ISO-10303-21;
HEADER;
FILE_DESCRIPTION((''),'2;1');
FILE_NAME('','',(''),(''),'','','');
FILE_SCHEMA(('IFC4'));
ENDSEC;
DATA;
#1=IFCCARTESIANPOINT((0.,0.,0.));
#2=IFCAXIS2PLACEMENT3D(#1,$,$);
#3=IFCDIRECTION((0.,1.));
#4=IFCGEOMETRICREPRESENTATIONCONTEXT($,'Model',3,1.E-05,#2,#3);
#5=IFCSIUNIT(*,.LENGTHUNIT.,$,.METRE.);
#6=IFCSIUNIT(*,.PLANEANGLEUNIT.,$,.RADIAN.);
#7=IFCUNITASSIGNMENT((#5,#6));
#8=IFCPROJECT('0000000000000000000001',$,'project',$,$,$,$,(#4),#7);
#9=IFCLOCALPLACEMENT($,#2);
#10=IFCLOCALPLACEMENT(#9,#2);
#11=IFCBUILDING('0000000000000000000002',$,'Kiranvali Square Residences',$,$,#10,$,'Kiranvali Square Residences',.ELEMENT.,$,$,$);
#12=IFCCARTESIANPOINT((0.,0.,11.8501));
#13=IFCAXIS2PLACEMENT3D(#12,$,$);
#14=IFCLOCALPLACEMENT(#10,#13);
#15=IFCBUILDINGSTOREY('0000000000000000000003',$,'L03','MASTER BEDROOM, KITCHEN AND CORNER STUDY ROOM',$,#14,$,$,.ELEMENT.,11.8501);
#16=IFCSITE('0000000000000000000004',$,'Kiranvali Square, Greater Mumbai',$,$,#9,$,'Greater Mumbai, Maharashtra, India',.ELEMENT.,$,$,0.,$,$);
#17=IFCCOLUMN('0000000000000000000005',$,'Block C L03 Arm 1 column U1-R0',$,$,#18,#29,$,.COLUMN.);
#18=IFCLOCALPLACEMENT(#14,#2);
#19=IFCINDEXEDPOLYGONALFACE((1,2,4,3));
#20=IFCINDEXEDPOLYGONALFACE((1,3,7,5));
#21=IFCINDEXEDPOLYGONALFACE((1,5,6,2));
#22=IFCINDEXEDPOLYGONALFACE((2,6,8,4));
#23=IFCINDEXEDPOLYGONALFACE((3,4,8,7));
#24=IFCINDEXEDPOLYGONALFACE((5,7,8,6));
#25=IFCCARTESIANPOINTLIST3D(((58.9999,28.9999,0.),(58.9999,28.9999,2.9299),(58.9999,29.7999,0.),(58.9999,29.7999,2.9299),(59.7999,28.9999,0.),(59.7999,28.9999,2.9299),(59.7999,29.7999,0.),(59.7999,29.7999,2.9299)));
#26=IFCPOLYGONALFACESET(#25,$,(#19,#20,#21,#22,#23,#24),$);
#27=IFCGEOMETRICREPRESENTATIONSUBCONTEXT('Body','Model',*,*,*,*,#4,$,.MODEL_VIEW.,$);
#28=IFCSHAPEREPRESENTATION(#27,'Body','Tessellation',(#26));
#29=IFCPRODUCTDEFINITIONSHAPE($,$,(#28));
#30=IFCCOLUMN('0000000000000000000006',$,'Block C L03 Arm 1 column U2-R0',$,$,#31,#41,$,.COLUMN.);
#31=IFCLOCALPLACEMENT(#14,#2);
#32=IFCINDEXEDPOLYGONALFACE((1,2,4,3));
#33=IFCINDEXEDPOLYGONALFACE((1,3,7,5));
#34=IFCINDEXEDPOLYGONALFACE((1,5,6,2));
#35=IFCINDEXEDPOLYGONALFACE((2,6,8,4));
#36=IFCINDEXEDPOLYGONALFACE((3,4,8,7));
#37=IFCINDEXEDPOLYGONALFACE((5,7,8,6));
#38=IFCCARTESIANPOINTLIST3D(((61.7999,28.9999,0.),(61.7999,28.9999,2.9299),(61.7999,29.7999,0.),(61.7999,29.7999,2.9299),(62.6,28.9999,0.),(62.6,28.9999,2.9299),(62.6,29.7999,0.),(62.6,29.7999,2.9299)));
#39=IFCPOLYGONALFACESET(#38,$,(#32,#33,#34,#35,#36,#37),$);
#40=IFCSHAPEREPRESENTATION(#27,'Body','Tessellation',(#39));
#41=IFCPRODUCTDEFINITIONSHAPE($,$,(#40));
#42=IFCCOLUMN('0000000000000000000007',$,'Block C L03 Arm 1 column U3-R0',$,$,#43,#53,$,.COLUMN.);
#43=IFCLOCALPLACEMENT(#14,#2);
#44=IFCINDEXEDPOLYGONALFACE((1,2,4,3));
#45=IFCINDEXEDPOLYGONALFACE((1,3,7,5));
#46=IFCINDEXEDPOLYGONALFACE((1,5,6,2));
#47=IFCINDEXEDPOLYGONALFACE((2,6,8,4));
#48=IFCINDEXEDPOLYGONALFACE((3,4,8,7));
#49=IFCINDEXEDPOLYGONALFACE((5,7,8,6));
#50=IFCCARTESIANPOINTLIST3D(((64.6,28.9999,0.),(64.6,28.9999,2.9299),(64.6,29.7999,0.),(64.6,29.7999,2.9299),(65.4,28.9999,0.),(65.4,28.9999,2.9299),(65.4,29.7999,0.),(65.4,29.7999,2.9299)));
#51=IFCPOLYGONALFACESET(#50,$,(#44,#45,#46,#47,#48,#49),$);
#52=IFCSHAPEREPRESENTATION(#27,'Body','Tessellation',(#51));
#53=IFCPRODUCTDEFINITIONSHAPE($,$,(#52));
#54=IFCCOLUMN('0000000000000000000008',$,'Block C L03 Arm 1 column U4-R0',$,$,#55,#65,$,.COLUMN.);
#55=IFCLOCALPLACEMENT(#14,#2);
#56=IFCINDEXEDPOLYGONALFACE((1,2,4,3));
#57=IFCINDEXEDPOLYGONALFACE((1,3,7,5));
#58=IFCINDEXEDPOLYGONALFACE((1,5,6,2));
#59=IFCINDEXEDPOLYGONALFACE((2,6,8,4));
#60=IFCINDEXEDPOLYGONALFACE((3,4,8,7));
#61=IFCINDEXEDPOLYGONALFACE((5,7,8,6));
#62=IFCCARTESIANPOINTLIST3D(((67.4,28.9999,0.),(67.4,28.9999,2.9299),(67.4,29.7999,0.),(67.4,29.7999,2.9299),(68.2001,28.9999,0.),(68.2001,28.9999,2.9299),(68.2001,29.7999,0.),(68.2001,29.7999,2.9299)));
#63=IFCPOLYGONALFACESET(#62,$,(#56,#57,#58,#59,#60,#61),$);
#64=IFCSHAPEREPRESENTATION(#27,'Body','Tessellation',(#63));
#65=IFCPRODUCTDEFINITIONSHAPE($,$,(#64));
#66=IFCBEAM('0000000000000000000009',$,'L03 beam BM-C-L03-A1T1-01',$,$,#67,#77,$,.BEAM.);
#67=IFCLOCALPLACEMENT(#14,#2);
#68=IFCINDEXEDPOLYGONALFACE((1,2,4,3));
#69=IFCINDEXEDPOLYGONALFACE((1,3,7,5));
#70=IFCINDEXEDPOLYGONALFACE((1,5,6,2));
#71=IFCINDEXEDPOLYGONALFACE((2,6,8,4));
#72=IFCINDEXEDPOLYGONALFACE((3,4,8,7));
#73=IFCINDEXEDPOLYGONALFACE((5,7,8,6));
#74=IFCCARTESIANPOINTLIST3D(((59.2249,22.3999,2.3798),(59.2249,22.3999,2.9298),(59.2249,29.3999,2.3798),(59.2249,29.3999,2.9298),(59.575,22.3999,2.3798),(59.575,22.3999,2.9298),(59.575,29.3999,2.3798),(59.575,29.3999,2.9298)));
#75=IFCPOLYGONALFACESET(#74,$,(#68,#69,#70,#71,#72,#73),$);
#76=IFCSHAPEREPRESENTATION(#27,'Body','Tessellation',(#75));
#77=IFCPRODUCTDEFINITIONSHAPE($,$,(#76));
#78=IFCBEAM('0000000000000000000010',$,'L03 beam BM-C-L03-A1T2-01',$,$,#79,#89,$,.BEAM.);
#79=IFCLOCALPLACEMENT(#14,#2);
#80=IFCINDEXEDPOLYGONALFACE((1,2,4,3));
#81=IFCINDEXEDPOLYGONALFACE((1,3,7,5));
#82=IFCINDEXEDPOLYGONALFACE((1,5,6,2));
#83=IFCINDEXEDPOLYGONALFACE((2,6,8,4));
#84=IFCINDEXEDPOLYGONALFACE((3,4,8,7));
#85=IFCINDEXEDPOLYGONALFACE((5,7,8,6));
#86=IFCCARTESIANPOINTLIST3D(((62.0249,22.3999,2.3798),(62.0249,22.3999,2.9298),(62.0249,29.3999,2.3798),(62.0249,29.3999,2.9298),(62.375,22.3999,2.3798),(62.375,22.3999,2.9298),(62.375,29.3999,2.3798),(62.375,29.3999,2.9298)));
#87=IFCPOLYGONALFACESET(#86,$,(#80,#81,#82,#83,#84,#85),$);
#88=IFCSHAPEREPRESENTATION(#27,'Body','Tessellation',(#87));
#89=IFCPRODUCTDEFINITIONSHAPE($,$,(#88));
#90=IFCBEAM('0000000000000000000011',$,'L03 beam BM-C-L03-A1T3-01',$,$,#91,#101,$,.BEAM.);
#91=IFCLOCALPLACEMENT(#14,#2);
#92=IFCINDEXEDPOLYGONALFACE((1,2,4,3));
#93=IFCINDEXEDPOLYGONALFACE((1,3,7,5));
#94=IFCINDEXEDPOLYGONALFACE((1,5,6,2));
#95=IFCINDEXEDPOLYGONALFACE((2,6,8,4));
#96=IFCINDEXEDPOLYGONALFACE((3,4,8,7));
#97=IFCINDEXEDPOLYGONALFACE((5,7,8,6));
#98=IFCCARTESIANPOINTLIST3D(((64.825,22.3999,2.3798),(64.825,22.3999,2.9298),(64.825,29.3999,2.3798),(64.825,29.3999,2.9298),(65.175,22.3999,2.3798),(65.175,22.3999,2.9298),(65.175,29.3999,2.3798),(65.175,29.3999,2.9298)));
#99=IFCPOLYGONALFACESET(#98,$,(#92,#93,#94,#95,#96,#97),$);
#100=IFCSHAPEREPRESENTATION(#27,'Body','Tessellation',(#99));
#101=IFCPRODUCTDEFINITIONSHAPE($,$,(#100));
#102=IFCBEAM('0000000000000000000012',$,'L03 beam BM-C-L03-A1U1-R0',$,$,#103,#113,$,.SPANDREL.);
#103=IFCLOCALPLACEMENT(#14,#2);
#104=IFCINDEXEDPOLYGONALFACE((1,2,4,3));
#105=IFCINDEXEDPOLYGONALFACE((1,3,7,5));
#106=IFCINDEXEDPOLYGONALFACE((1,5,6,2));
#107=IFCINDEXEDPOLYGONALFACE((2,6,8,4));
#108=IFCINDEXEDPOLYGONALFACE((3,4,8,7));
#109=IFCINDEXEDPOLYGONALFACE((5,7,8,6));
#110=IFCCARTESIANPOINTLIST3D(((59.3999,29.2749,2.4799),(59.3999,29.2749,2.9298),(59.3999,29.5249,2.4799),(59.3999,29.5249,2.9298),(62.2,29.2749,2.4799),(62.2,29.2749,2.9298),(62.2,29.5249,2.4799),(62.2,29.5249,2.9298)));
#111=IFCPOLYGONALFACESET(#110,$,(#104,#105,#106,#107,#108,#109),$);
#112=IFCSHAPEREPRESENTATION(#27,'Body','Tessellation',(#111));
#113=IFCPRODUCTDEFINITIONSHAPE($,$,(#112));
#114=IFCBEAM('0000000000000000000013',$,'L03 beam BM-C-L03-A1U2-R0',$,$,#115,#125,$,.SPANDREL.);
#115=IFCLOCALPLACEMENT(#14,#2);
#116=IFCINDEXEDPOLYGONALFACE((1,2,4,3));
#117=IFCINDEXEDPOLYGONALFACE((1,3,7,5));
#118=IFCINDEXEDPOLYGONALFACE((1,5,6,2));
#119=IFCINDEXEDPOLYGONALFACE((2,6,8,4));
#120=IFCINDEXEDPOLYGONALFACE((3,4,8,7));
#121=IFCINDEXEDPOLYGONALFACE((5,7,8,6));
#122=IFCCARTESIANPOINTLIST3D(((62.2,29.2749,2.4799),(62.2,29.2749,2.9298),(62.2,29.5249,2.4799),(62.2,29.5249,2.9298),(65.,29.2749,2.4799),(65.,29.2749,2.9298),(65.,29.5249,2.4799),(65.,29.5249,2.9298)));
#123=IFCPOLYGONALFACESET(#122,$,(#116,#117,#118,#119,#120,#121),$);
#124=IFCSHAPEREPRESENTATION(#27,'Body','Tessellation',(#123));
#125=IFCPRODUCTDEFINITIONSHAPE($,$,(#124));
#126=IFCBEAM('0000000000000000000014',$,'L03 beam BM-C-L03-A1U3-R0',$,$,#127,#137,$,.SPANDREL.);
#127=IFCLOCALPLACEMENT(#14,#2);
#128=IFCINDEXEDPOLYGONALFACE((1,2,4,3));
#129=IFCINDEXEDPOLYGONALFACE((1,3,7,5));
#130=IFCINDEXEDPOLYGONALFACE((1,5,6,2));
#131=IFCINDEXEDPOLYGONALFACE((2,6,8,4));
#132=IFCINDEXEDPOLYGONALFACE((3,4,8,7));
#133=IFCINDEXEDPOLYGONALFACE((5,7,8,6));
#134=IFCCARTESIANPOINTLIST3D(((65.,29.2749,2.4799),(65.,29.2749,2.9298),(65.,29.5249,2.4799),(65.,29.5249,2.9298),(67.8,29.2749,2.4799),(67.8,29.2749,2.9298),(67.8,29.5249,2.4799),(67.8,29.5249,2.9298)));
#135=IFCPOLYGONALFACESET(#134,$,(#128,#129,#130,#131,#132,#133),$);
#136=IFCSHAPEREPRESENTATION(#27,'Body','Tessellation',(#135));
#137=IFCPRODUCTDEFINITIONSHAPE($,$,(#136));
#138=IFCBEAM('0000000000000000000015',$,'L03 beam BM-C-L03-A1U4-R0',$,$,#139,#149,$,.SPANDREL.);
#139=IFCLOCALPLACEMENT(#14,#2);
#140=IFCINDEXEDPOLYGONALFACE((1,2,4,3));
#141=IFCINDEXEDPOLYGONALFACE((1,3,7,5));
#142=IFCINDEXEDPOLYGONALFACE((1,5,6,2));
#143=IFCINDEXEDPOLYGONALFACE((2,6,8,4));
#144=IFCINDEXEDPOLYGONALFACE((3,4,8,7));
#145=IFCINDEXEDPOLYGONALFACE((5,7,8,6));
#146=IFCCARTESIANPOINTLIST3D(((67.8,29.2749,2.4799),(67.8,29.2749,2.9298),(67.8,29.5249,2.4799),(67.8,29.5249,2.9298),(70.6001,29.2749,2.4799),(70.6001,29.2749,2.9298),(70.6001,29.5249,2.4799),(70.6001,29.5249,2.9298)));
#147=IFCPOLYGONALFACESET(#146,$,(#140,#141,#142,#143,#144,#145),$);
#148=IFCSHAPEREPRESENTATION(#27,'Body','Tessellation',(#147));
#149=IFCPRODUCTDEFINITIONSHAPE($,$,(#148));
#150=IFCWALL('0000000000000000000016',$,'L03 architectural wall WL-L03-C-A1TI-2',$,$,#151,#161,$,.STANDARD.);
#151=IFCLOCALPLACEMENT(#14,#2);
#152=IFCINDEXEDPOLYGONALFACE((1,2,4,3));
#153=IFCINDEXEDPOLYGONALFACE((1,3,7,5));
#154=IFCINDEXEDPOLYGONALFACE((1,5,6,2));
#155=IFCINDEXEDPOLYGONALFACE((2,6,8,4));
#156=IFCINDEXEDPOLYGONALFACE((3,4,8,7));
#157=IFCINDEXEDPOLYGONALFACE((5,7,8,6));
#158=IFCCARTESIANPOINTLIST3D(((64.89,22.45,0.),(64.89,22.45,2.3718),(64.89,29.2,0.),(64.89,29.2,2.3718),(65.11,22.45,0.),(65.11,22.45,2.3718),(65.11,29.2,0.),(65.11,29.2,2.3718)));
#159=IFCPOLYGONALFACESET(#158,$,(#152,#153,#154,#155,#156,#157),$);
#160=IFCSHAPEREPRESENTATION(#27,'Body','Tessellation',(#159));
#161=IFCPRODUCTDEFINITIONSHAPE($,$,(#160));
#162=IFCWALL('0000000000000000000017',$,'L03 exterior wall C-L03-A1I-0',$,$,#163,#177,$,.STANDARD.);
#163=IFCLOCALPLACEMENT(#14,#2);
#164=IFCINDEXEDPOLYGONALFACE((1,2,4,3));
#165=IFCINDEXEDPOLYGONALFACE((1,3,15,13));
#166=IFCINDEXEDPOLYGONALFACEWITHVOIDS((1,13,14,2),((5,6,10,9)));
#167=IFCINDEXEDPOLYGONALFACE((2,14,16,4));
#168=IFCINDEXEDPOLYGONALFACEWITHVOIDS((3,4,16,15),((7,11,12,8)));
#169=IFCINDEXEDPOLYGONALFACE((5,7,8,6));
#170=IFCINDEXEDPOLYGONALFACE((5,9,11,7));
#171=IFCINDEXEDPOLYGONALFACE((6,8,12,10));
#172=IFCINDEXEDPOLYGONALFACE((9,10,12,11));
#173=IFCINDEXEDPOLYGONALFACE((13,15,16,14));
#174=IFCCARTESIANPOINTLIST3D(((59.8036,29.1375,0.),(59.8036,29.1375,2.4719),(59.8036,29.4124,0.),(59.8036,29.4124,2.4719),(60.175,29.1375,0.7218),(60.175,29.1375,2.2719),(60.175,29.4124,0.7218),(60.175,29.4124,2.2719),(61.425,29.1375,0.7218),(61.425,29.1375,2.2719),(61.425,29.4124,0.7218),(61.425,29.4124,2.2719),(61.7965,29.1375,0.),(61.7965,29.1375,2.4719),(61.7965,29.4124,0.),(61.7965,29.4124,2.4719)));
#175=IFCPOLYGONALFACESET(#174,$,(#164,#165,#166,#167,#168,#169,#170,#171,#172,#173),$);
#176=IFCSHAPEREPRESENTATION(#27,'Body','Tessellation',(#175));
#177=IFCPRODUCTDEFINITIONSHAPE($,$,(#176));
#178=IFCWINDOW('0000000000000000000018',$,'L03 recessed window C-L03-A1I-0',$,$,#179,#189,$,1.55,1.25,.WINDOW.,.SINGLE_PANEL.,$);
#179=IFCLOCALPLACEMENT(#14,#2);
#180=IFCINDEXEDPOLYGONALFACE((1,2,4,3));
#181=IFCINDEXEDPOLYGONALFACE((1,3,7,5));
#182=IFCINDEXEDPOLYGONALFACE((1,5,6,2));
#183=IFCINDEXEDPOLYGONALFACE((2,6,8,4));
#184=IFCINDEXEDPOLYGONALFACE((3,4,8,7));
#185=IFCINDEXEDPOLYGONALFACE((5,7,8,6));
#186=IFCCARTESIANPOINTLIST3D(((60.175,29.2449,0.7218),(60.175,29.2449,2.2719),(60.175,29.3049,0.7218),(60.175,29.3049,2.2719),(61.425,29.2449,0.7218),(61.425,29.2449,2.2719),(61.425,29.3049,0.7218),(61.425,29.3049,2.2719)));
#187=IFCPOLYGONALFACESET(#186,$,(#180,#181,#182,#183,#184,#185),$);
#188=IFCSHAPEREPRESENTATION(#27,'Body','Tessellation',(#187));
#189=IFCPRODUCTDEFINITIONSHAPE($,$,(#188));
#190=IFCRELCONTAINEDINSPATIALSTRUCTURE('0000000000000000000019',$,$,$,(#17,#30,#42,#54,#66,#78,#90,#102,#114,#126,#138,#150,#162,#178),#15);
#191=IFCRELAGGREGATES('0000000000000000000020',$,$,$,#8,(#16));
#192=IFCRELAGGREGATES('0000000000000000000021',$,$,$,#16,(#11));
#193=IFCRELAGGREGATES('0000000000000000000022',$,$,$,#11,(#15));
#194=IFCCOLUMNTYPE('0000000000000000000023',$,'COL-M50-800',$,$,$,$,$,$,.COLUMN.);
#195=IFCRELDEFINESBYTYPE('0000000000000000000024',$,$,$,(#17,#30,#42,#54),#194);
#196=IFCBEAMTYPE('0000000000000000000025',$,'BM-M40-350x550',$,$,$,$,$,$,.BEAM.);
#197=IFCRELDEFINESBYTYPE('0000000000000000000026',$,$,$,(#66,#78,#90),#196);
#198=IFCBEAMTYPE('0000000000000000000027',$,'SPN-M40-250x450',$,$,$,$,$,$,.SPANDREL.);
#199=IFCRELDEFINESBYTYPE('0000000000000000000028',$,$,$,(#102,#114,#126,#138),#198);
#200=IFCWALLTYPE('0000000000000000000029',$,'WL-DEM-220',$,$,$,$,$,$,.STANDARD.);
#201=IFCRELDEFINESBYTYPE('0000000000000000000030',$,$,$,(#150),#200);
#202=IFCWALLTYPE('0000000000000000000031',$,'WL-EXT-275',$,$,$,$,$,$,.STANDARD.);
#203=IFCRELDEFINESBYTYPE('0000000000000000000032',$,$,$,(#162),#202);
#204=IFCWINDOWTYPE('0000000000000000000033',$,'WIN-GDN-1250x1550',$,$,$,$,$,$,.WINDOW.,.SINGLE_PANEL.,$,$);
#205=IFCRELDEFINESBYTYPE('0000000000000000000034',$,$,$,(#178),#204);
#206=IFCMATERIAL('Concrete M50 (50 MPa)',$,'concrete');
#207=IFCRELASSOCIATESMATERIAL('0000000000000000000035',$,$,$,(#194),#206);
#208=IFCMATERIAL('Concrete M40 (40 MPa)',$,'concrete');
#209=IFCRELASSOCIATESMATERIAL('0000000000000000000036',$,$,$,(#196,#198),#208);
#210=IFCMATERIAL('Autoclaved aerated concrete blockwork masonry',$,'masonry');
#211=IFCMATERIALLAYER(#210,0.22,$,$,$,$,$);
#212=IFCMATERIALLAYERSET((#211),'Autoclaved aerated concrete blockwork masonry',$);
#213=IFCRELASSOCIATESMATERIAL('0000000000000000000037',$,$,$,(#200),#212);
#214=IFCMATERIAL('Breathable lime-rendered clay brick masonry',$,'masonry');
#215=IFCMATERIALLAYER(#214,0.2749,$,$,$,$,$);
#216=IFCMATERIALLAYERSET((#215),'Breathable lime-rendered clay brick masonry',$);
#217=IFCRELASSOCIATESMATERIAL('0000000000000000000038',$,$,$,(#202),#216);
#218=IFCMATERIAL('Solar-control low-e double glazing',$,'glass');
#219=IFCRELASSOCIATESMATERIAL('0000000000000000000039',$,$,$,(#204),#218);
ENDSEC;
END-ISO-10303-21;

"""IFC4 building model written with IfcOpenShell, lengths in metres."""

from ifc_helpers import new_model, si_unit, direction, frame, frame_2d, origin, origin_2d, place, context, subcontext, project, spatial, rectangle, extrude, material, layer, layer_set, material_profile, profile_set, type_object, element, fill, save


model = new_model("IFC4")

# Units and contexts
model_context = context("Model", 3, precision=1e-05, world=origin(), true_north=direction((0.0, 1.0)))
body_context = subcontext(model_context, "Body", "Model", "MODEL_VIEW")
ifc_project = project(units=[si_unit("LENGTHUNIT", "METRE"), si_unit("PLANEANGLEUNIT", "RADIAN")], contexts=[model_context])

# Site, building, storey
site_placement = place(None, origin())
site = spatial("IfcSite", under=ifc_project, at=site_placement, Name="Kiranvali Square, Greater Mumbai", LongName="Greater Mumbai, Maharashtra, India", CompositionType="ELEMENT", RefElevation=0.0)
building_placement = place(site_placement, origin())
building = spatial("IfcBuilding", under=site, at=building_placement, Name="Kiranvali Square Residences", LongName="Kiranvali Square Residences", CompositionType="ELEMENT")
storey_placement = place(building_placement, frame((0.0, 0.0, 11.8501)))
storey = spatial("IfcBuildingStorey", under=building, at=storey_placement, Name="L03", Description="MASTER BEDROOM, KITCHEN AND CORNER STUDY ROOM", CompositionType="ELEMENT", Elevation=11.8501)

# Columns
ifc_material_1 = material(Name="Concrete M50 (50 MPa)", Category="concrete")
ifc_material_profile_1 = material_profile(ifc_material_1, rectangle(XDim=0.8, YDim=0.8, at=origin_2d()), Name="RC 800x800")
ifc_profile_set_1 = profile_set([ifc_material_profile_1], Name="Concrete M50 (50 MPa)")
column_type = type_object("IfcColumnType", Name="COL-M50-800", PredefinedType="COLUMN", material=ifc_profile_set_1)
for number, where, z_axis, x_axis, name in (
    (1, (59.3999, 29.3999, 0.0), (0.0, 0.0, 1.0), (1.0, 0.0, 0.0), "Block C L03 Arm 1 column U1-R0"),
    (2, (62.2, 29.3999, 0.0), (0.0, 0.0, 1.0), (1.0, 0.0, 0.0), "Block C L03 Arm 1 column U2-R0"),
    (3, (65.0, 29.3999, 0.0), (0.0, 0.0, 1.0), (1.0, 0.0, 0.0), "Block C L03 Arm 1 column U3-R0"),
    (4, (67.8, 29.3999, 0.0), (0.0, 0.0, 1.0), (1.0, 0.0, 0.0), "Block C L03 Arm 1 column U4-R0"),
):
    element("IfcColumn", number, at=place(storey_placement, frame(where, z_axis=z_axis, x_axis=x_axis)), inside=storey, type_object=column_type, Name=name, PredefinedType="COLUMN", context=body_context, shape_type="SweptSolid", body=[
        extrude(rectangle(XDim=0.8, YDim=0.8, at=origin_2d()), origin(), (0.0, 0.0, 1.0), 2.9299),
    ])

# Beams
ifc_material_2 = material(Name="Concrete M40 (40 MPa)", Category="concrete")
ifc_material_profile_2 = material_profile(ifc_material_2, rectangle(XDim=0.3501, YDim=0.55, at=origin_2d()), Name="RC 350x550")
ifc_profile_set_2 = profile_set([ifc_material_profile_2], Name="Concrete M40 (40 MPa)")
beam_type_1 = type_object("IfcBeamType", Name="BM-M40-350x550", PredefinedType="BEAM", material=ifc_profile_set_2)
for number, where, z_axis, x_axis, name in (
    (5, (59.3999, 29.3999, 2.6548), (0.0, -1.0, 0.0), (1.0, 0.0, 0.0), "L03 beam BM-C-L03-A1T1-01"),
    (6, (62.2, 29.3999, 2.6548), (0.0, -1.0, 0.0), (1.0, 0.0, 0.0), "L03 beam BM-C-L03-A1T2-01"),
    (7, (65.0, 29.3999, 2.6548), (0.0, -1.0, 0.0), (1.0, 0.0, 0.0), "L03 beam BM-C-L03-A1T3-01"),
):
    element("IfcBeam", number, at=place(storey_placement, frame(where, z_axis=z_axis, x_axis=x_axis)), inside=storey, type_object=beam_type_1, Name=name, PredefinedType="BEAM", context=body_context, shape_type="SweptSolid", body=[
        extrude(rectangle(XDim=0.3501, YDim=0.55, at=origin_2d()), origin(), (0.0, 0.0, 1.0), 7.0),
    ])
ifc_material_profile_3 = material_profile(ifc_material_2, rectangle(XDim=0.25, YDim=0.45, at=origin_2d()), Name="RC 250x450")
ifc_profile_set_3 = profile_set([ifc_material_profile_3], Name="Concrete M40 (40 MPa)")
beam_type_2 = type_object("IfcBeamType", Name="SPN-M40-250x450", PredefinedType="SPANDREL", material=ifc_profile_set_3)
for number, where, z_axis, x_axis, name in (
    (8, (59.3999, 29.3999, 2.7048), (1.0, 0.0, 0.0), (0.0, 1.0, 0.0), "L03 beam BM-C-L03-A1U1-R0"),
    (9, (62.2, 29.3999, 2.7048), (1.0, 0.0, 0.0), (0.0, 1.0, 0.0), "L03 beam BM-C-L03-A1U2-R0"),
    (10, (65.0, 29.3999, 2.7048), (1.0, 0.0, 0.0), (0.0, 1.0, 0.0), "L03 beam BM-C-L03-A1U3-R0"),
    (11, (67.8, 29.3999, 2.7048), (1.0, 0.0, 0.0), (0.0, 1.0, 0.0), "L03 beam BM-C-L03-A1U4-R0"),
):
    element("IfcBeam", number, at=place(storey_placement, frame(where, z_axis=z_axis, x_axis=x_axis)), inside=storey, type_object=beam_type_2, Name=name, PredefinedType="SPANDREL", context=body_context, shape_type="SweptSolid", body=[
        extrude(rectangle(XDim=0.25, YDim=0.45, at=origin_2d()), origin(), (0.0, 0.0, 1.0), 2.8),
    ])

# Wall
ifc_material_3 = material(Name="Autoclaved aerated concrete blockwork masonry", Category="masonry")
ifc_layer_1 = layer(ifc_material_3, 0.22)
ifc_layer_set_1 = layer_set([ifc_layer_1], Name="Autoclaved aerated concrete blockwork masonry")
wall_type_1 = type_object("IfcWallType", Name="WL-DEM-220", PredefinedType="STANDARD", material=ifc_layer_set_1)
wall_1_placement = place(storey_placement, frame((65.0, 29.2, 0.0), z_axis=(0.0, 0.0, 1.0), x_axis=(0.0, -1.0, 0.0)))
element("IfcWall", 12, at=wall_1_placement, inside=storey, type_object=wall_type_1, Name="L03 architectural wall WL-L03-C-A1TI-2", PredefinedType="STANDARD", context=body_context, shape_type="SweptSolid", body=[
    extrude(rectangle(XDim=6.75, YDim=0.22, at=frame_2d((3.375, 0.0))), origin(), (0.0, 0.0, 1.0), 2.3718),
])

# Wall, opening, window
ifc_material_4 = material(Name="Breathable lime-rendered clay brick masonry", Category="masonry")
ifc_layer_2 = layer(ifc_material_4, 0.2749)
ifc_layer_set_2 = layer_set([ifc_layer_2], Name="Breathable lime-rendered clay brick masonry")
wall_type_2 = type_object("IfcWallType", Name="WL-EXT-275", PredefinedType="STANDARD", material=ifc_layer_set_2)
wall_2_placement = place(storey_placement, frame((59.8035, 29.2749, 0.0), z_axis=(0.0, 0.0, 1.0), x_axis=(1.0, 0.0, 0.0)))
wall_2 = element("IfcWall", 13, at=wall_2_placement, inside=storey, type_object=wall_type_2, Name="L03 exterior wall C-L03-A1I-0", PredefinedType="STANDARD", context=body_context, shape_type="SweptSolid", body=[
    extrude(rectangle(XDim=1.9929, YDim=0.2749, at=frame_2d((0.9966, 0.0))), origin(), (0.0, 0.0, 1.0), 2.4719),
])
opening_1_placement = place(wall_2_placement, frame((0.3716, 0.0, 0.7219)))
opening_1 = element("IfcOpeningElement", 14, at=opening_1_placement, cuts=wall_2, PredefinedType="OPENING", context=body_context, shape_type="SweptSolid", body=[
    extrude(rectangle(XDim=1.25, YDim=1.55, at=frame_2d((0.625, 0.7749))), frame((0.0, 0.1475, 0.0), z_axis=(0.0, -1.0, 0.0), x_axis=(1.0, 0.0, 0.0)), (0.0, 0.0, 1.0), 0.2949),
])
ifc_material_5 = material(Name="Solar-control low-e double glazing", Category="glass")
window_type_1 = type_object("IfcWindowType", Name="WIN-GDN-1250x1550", PartitioningType="SINGLE_PANEL", PredefinedType="WINDOW", material=ifc_material_5)
window_1_placement = place(opening_1_placement, origin())
window_1 = element("IfcWindow", 15, at=window_1_placement, inside=storey, type_object=window_type_1, Name="L03 recessed window C-L03-A1I-0", OverallHeight=1.55, OverallWidth=1.25, PartitioningType="SINGLE_PANEL", PredefinedType="WINDOW", context=body_context, shape_type="SweptSolid", body=[
    extrude(rectangle(XDim=1.25, YDim=1.55, at=frame_2d((0.625, 0.7749))), frame((0.0, 0.03, 0.0), z_axis=(0.0, -1.0, 0.0), x_axis=(1.0, 0.0, 0.0)), (0.0, 0.0, 1.0), 0.0601),
])
fill(opening_1, window_1)

save(model, "model.ifc")
